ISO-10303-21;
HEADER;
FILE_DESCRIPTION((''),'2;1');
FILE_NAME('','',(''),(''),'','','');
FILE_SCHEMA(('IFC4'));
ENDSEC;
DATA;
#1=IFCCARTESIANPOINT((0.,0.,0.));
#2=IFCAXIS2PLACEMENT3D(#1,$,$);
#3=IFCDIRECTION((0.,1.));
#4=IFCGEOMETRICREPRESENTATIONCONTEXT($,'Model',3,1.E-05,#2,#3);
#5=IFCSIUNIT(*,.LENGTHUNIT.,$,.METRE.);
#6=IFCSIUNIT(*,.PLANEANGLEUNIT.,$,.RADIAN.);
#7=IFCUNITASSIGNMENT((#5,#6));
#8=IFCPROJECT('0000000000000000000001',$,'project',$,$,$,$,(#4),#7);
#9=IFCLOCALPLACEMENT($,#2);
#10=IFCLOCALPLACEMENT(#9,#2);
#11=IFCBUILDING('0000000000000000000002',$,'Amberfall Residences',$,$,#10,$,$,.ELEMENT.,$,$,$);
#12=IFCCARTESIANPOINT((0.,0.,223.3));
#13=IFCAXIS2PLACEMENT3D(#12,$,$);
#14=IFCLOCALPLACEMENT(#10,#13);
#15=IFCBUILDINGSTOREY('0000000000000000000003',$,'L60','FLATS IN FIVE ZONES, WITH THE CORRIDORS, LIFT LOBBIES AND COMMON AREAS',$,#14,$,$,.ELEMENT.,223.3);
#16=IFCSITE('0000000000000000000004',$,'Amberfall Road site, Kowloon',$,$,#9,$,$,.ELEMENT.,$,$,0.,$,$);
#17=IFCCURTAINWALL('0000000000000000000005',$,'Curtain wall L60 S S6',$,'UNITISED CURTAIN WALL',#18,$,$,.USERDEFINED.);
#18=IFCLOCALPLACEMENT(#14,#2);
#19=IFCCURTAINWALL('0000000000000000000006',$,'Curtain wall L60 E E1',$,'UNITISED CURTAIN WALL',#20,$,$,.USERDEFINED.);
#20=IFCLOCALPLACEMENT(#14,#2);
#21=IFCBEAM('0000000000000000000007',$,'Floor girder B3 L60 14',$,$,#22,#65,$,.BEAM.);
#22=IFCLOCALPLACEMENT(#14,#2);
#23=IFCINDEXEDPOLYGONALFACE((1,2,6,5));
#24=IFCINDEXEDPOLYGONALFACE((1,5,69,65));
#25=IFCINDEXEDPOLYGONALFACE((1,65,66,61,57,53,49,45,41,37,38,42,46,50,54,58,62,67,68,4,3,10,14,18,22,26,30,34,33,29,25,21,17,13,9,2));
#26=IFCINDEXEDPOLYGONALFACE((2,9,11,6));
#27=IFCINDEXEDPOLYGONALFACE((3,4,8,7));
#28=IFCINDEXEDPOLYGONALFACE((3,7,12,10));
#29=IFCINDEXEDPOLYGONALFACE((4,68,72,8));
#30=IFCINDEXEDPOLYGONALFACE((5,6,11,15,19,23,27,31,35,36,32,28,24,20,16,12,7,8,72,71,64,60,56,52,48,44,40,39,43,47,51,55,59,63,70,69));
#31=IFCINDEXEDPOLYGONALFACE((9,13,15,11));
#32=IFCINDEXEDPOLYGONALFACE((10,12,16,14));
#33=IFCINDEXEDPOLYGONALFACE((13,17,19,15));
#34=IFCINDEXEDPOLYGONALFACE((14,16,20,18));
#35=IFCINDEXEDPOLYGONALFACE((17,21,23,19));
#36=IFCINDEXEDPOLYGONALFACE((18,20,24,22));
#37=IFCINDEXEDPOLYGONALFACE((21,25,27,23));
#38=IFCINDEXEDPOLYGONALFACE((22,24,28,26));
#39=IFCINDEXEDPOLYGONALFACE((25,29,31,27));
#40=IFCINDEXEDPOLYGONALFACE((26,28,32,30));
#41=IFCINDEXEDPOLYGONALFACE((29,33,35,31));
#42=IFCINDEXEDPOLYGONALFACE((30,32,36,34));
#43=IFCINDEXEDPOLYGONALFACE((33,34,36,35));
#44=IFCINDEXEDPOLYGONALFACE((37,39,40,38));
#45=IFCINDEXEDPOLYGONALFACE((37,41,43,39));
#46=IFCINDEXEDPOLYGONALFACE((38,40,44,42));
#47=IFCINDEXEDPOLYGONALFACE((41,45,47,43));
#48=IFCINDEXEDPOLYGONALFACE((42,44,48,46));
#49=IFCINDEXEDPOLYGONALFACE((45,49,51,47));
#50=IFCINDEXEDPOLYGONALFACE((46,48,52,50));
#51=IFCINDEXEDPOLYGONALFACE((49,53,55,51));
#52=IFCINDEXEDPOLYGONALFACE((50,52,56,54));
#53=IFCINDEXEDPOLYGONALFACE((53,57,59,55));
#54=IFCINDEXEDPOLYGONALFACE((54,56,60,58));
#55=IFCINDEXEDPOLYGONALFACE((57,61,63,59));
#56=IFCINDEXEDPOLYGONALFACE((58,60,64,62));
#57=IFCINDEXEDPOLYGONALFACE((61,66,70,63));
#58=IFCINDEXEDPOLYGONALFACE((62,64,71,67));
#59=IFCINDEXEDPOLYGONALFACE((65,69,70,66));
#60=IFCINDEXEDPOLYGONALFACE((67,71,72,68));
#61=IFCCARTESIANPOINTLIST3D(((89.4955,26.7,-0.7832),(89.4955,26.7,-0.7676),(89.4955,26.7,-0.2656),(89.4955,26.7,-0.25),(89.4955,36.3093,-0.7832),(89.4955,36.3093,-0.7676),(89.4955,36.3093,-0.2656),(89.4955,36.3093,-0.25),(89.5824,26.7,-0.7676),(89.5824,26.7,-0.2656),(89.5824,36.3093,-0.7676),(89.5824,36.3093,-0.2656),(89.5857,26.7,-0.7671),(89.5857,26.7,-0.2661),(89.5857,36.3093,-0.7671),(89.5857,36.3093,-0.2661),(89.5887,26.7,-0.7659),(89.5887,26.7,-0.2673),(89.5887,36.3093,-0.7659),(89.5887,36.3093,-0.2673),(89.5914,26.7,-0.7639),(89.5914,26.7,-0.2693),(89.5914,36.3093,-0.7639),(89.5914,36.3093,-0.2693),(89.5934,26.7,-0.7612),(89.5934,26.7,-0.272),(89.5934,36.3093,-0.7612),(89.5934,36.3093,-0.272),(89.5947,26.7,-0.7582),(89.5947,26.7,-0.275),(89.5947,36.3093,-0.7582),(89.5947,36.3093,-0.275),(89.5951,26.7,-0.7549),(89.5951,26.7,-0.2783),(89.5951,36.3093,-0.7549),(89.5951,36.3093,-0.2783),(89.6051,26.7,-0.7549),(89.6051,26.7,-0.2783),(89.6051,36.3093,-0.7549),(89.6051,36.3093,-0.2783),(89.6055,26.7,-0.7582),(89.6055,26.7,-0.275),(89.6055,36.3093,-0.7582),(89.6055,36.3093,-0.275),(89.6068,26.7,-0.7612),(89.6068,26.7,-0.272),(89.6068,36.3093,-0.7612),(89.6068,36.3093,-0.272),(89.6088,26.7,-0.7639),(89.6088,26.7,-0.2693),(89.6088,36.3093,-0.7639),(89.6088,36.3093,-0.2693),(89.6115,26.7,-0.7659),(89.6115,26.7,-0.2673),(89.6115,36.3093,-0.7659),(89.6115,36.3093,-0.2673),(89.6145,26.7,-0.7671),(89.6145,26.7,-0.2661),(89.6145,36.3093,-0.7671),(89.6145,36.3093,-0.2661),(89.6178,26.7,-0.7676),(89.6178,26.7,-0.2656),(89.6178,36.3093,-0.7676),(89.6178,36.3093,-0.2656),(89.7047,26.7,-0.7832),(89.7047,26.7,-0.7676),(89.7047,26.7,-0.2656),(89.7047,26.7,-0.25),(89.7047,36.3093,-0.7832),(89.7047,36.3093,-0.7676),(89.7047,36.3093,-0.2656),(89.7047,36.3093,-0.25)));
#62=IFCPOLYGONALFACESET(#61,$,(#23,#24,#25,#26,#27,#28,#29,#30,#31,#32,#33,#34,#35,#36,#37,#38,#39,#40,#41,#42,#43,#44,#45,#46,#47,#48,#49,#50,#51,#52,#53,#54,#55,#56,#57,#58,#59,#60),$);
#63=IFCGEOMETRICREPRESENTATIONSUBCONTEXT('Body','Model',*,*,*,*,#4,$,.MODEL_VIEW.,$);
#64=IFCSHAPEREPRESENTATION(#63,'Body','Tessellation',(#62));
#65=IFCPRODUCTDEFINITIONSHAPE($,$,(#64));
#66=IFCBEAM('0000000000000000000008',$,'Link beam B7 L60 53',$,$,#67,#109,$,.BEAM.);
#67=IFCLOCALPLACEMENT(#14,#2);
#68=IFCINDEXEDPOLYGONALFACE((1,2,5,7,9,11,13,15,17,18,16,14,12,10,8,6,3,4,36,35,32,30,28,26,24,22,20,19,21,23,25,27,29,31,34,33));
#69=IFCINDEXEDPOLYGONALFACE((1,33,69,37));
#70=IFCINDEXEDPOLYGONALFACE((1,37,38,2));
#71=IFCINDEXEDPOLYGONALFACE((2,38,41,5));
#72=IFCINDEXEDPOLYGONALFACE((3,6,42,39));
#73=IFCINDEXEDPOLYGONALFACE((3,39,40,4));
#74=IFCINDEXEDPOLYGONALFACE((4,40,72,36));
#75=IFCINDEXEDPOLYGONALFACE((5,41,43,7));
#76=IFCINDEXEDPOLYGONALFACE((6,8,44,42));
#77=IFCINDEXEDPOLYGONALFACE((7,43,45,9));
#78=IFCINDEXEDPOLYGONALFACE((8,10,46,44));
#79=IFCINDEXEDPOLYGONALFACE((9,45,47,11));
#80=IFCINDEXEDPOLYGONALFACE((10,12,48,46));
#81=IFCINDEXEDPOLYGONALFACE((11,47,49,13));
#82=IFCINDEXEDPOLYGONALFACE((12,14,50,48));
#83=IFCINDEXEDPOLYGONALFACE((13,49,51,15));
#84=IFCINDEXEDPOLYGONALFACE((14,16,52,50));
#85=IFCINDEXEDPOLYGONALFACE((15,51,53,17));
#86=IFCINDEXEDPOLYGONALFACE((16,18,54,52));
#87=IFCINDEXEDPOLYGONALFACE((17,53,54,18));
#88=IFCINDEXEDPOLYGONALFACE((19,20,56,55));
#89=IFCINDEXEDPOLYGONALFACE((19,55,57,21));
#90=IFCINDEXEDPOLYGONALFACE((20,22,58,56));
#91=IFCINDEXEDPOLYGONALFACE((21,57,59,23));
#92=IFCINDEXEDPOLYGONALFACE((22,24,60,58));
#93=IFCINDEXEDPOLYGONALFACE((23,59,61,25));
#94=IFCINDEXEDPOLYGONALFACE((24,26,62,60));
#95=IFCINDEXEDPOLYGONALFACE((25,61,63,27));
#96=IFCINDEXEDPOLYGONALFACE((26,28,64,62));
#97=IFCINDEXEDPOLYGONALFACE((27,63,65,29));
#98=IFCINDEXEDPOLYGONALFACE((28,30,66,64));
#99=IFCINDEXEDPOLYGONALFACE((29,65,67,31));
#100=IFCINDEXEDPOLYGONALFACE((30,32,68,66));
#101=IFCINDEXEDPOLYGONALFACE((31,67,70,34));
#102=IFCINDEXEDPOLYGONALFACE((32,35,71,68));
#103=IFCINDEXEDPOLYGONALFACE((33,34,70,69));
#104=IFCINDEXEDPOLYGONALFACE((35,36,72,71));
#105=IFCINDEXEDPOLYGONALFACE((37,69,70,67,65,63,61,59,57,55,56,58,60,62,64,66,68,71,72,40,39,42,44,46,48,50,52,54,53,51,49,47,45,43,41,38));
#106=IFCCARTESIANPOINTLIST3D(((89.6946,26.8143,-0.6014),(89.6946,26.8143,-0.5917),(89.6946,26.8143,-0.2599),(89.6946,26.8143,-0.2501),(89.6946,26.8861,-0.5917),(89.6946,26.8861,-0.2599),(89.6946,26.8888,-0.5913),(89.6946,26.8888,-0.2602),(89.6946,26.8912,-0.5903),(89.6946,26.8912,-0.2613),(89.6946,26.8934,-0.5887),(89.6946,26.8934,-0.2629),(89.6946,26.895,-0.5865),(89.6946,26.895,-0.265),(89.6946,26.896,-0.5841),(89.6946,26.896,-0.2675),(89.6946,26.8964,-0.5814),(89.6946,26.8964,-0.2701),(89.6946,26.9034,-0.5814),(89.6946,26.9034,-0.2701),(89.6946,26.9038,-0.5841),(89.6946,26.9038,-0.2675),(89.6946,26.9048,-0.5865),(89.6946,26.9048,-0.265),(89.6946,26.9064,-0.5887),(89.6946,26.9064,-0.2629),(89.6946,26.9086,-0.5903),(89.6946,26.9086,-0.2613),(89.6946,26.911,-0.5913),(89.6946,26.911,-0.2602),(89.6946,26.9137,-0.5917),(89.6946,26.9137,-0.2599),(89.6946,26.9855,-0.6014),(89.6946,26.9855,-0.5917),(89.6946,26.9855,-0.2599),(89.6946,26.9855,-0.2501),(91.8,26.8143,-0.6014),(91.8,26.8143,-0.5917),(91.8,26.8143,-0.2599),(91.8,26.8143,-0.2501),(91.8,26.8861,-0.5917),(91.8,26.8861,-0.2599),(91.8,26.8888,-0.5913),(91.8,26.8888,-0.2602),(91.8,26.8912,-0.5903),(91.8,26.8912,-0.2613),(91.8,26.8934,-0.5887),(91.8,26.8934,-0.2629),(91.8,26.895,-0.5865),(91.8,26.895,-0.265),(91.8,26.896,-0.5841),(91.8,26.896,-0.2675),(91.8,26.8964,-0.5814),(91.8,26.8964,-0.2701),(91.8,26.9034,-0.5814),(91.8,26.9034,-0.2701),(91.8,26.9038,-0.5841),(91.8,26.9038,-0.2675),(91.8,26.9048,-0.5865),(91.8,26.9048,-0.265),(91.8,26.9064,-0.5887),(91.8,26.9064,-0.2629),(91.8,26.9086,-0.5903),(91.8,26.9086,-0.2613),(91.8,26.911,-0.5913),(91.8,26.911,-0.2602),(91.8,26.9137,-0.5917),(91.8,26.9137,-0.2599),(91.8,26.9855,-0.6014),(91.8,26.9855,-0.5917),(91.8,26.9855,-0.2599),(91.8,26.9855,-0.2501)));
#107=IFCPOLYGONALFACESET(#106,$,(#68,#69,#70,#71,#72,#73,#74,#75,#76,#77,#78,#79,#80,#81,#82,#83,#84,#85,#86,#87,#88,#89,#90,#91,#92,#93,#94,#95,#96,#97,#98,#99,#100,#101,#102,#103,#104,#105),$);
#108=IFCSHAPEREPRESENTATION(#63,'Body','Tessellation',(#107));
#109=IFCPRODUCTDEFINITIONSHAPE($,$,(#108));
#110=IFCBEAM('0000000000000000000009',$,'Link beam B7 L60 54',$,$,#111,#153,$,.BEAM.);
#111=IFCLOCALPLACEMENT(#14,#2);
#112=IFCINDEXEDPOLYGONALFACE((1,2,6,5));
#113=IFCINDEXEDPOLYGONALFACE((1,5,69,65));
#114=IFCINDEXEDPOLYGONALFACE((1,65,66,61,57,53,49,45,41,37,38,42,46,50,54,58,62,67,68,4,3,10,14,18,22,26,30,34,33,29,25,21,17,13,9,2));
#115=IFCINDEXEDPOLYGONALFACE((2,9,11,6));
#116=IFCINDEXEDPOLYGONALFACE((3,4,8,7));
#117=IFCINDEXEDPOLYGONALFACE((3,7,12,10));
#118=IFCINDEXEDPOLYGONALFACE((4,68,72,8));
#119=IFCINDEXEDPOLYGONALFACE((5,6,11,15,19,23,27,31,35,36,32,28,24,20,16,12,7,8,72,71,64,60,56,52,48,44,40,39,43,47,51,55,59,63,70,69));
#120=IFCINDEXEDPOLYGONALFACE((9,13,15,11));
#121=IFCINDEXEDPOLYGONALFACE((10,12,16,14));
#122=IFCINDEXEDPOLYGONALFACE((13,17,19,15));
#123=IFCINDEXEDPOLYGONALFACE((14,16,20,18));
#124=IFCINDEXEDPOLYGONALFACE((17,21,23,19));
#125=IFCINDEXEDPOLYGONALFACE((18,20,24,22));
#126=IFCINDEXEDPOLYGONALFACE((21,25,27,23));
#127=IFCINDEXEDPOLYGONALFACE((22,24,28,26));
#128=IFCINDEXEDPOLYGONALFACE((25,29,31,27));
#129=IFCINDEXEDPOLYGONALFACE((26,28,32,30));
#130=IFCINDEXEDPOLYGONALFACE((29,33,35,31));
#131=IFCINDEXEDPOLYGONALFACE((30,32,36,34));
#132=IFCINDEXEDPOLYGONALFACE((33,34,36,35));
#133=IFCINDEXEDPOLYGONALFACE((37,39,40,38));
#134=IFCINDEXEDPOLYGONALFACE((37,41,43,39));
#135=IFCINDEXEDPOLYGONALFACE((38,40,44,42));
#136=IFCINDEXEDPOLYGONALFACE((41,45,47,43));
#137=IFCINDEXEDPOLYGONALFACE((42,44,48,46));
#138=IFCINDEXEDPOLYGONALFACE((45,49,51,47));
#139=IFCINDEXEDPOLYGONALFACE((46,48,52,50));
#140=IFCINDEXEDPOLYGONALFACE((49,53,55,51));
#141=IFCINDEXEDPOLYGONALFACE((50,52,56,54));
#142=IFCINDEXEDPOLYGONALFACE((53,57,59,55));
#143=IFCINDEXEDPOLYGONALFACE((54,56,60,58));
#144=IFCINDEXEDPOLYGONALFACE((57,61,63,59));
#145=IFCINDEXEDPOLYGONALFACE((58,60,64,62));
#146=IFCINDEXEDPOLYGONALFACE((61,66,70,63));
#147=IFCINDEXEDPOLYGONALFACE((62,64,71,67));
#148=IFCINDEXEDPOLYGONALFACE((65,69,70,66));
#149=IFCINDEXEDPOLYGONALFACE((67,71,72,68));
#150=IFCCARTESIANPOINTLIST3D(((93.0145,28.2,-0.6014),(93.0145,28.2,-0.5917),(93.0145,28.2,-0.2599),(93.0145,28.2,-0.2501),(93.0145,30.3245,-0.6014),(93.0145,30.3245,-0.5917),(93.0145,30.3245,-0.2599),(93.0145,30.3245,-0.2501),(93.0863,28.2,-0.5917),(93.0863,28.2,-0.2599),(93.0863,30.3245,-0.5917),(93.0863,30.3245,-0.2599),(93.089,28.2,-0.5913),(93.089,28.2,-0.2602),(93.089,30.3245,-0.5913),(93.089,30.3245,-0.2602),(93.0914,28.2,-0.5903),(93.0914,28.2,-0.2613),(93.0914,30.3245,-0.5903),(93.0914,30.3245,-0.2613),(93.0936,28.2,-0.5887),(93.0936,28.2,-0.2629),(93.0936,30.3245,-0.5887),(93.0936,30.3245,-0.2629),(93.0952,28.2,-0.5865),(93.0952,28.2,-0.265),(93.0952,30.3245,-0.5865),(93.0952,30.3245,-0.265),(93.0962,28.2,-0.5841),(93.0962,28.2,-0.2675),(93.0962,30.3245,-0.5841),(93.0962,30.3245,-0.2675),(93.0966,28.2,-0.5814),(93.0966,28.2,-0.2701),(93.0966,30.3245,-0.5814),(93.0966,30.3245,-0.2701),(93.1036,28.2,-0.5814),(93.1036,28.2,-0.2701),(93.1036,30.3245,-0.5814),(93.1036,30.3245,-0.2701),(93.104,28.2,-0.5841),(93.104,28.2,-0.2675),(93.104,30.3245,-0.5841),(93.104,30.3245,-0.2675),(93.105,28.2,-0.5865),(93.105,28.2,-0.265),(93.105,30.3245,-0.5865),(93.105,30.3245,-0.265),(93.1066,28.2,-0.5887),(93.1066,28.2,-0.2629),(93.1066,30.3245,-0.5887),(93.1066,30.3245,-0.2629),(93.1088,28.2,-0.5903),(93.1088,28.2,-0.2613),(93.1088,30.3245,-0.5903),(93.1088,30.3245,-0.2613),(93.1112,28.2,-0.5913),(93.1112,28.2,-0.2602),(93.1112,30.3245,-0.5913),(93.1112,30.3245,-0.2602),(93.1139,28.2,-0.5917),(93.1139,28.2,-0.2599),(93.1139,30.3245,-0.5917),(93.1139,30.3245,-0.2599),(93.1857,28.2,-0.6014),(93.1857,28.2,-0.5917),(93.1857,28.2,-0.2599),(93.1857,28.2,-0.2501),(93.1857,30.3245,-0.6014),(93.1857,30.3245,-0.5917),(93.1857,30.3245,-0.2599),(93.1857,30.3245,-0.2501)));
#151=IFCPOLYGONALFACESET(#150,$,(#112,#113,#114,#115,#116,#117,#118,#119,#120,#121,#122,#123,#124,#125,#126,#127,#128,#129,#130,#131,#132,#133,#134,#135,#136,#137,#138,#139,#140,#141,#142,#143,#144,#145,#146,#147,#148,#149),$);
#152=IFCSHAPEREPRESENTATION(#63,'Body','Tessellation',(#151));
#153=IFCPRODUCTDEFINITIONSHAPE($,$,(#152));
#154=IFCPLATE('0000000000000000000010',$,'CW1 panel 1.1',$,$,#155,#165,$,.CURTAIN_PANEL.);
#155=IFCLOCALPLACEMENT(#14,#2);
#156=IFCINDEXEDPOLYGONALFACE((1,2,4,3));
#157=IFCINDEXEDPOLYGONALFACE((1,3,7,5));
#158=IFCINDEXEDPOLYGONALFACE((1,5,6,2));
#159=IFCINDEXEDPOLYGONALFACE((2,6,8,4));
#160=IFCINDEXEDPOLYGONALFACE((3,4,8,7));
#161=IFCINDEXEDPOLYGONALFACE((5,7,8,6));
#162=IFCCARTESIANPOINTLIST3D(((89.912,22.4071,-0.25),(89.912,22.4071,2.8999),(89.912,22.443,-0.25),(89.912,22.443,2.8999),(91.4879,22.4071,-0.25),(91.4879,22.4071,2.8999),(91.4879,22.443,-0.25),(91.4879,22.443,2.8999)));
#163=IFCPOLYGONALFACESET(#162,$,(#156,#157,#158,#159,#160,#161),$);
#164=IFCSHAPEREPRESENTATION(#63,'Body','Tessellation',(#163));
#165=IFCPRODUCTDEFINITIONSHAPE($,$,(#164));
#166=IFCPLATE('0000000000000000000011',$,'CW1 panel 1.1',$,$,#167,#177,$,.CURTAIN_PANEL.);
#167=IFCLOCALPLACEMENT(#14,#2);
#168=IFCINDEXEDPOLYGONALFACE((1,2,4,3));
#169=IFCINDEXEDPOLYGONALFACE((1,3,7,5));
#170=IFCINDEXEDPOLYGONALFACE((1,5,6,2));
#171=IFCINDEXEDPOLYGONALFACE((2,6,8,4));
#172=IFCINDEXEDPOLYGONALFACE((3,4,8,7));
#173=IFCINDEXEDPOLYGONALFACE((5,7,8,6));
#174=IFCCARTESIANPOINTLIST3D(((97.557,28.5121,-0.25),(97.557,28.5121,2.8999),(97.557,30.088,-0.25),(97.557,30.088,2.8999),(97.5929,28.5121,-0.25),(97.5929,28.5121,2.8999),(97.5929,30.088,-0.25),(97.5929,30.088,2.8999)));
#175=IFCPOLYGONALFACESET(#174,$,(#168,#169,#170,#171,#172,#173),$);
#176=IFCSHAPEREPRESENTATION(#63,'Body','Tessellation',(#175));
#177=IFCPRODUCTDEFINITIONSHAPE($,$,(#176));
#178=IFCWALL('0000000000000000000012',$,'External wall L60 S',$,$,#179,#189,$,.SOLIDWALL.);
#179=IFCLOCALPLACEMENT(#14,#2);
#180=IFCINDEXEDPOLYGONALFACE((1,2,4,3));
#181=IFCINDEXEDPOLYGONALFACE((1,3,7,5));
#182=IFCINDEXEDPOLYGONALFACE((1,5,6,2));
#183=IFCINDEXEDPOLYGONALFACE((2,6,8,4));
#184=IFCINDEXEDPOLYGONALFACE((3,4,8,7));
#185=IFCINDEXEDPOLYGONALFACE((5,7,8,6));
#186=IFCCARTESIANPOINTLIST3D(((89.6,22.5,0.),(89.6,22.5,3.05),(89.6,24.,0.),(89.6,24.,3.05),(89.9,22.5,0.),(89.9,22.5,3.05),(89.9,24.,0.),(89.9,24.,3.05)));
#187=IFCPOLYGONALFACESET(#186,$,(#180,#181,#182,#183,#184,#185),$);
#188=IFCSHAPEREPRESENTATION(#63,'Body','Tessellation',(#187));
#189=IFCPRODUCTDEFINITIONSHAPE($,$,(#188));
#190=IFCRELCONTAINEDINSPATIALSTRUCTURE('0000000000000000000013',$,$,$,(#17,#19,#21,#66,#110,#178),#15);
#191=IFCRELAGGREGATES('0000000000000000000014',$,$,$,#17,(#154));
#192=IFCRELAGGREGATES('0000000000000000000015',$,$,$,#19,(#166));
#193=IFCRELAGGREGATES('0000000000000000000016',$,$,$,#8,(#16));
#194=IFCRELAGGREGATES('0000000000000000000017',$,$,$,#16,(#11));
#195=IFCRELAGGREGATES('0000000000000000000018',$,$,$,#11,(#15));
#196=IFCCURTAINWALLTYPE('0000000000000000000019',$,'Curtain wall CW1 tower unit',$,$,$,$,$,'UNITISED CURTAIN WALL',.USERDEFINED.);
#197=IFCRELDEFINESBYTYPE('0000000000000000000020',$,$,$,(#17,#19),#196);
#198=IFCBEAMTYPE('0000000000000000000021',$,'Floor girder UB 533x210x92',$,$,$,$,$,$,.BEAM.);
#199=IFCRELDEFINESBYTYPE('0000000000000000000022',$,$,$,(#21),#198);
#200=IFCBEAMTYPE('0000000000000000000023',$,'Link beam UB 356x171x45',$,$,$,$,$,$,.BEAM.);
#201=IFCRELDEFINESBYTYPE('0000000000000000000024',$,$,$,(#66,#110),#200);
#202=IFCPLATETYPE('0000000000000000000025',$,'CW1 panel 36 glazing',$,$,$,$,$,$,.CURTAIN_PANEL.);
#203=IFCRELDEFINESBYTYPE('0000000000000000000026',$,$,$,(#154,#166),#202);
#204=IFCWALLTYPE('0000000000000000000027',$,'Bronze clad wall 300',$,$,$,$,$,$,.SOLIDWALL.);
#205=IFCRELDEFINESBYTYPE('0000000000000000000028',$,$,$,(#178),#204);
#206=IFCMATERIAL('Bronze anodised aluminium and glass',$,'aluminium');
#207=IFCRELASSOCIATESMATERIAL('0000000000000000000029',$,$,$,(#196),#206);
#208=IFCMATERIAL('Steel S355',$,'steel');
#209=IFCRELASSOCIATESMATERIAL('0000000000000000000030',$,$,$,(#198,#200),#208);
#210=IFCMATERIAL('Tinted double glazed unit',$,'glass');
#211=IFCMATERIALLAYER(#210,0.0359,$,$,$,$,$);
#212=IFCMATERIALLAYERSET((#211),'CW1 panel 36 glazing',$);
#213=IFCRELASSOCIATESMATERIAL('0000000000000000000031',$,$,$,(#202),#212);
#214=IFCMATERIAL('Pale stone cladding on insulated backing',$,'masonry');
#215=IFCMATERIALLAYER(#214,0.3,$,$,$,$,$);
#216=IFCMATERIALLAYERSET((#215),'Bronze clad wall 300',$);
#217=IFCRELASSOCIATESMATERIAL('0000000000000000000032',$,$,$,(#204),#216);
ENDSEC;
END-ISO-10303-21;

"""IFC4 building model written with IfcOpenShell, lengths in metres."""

from ifc_helpers import new_model, si_unit, direction, frame, frame_2d, origin, origin_2d, place, context, subcontext, project, spatial, rectangle, i_section, extrude, material, layer, layer_set, material_profile, profile_set, type_object, element, aggregate, save


model = new_model("IFC4")

# Units and contexts
model_context = context("Model", 3, precision=1e-05, world=origin(), true_north=direction((0.0, 1.0)))
body_context = subcontext(model_context, "Body", "Model", "MODEL_VIEW")
ifc_project = project(units=[si_unit("LENGTHUNIT", "METRE"), si_unit("PLANEANGLEUNIT", "RADIAN")], contexts=[model_context])

# Site, building, storey
site_placement = place(None, origin())
site = spatial("IfcSite", under=ifc_project, at=site_placement, Name="Amberfall Road site, Kowloon", CompositionType="ELEMENT", RefElevation=0.0)
building_placement = place(site_placement, origin())
building = spatial("IfcBuilding", under=site, at=building_placement, Name="Amberfall Residences", CompositionType="ELEMENT")
storey_placement = place(building_placement, frame((0.0, 0.0, 223.3)))
storey = spatial("IfcBuildingStorey", under=building, at=storey_placement, Name="L60", Description="FLATS IN FIVE ZONES, WITH THE CORRIDORS, LIFT LOBBIES AND COMMON AREAS", CompositionType="ELEMENT", Elevation=223.3)

# Curtain walls
ifc_material_1 = material(Name="Bronze anodised aluminium and glass", Category="aluminium")
curtain_wall_type = type_object("IfcCurtainWallType", Name="Curtain wall CW1 tower unit", ElementType="UNITISED CURTAIN WALL", PredefinedType="USERDEFINED", material=ifc_material_1)
curtain_wall_1_placement = place(storey_placement, origin())
curtain_wall_1 = element("IfcCurtainWall", 1, at=curtain_wall_1_placement, inside=storey, type_object=curtain_wall_type, Name="Curtain wall L60 S S6", ObjectType="UNITISED CURTAIN WALL", PredefinedType="USERDEFINED")
curtain_wall_2_placement = place(storey_placement, origin())
curtain_wall_2 = element("IfcCurtainWall", 2, at=curtain_wall_2_placement, inside=storey, type_object=curtain_wall_type, Name="Curtain wall L60 E E1", ObjectType="UNITISED CURTAIN WALL", PredefinedType="USERDEFINED")

# Shared definitions
ifc_material_2 = material(Name="Steel S355", Category="steel")

# Beams
ifc_material_profile_1 = material_profile(ifc_material_2, i_section(OverallWidth=0.2092, OverallDepth=0.5332, WebThickness=0.01, FlangeThickness=0.0156, FilletRadius=0.0127, at=origin_2d()), Name="UB 533x210x92")
ifc_profile_set_1 = profile_set([ifc_material_profile_1], Name="Steel S355")
beam_type_1 = type_object("IfcBeamType", Name="Floor girder UB 533x210x92", PredefinedType="BEAM", material=ifc_profile_set_1)
beam_1_placement = place(storey_placement, frame((89.6001, 26.7, -0.5166), z_axis=(0.0, 1.0, 0.0), x_axis=(-1.0, 0.0, 0.0)))
element("IfcBeam", 3, at=beam_1_placement, inside=storey, type_object=beam_type_1, Name="Floor girder B3 L60 14", PredefinedType="BEAM", context=body_context, shape_type="SweptSolid", body=[
    extrude(i_section(OverallWidth=0.2092, OverallDepth=0.5332, WebThickness=0.01, FlangeThickness=0.0156, FilletRadius=0.0127, at=origin_2d()), origin(), (0.0, 0.0, 1.0), 9.6094),
])
ifc_material_profile_2 = material_profile(ifc_material_2, i_section(OverallWidth=0.1711, OverallDepth=0.3513, WebThickness=0.0071, FlangeThickness=0.0098, FilletRadius=0.0103, at=origin_2d()), Name="UB 356x171x45")
ifc_profile_set_2 = profile_set([ifc_material_profile_2], Name="Steel S355")
beam_type_2 = type_object("IfcBeamType", Name="Link beam UB 356x171x45", PredefinedType="BEAM", material=ifc_profile_set_2)
beam_2_placement = place(storey_placement, frame((91.8, 26.8999, -0.4258), z_axis=(-1.0, 0.0, 0.0), x_axis=(0.0, -1.0, 0.0)))
element("IfcBeam", 4, at=beam_2_placement, inside=storey, type_object=beam_type_2, Name="Link beam B7 L60 53", PredefinedType="BEAM", context=body_context, shape_type="SweptSolid", body=[
    extrude(i_section(OverallWidth=0.1711, OverallDepth=0.3513, WebThickness=0.0071, FlangeThickness=0.0098, FilletRadius=0.0103, at=origin_2d()), origin(), (0.0, 0.0, 1.0), 2.1055),
])
beam_3_placement = place(storey_placement, frame((93.1001, 28.2, -0.4258), z_axis=(0.0, 1.0, 0.0), x_axis=(-1.0, 0.0, 0.0)))
element("IfcBeam", 5, at=beam_3_placement, inside=storey, type_object=beam_type_2, Name="Link beam B7 L60 54", PredefinedType="BEAM", context=body_context, shape_type="SweptSolid", body=[
    extrude(i_section(OverallWidth=0.1711, OverallDepth=0.3513, WebThickness=0.0071, FlangeThickness=0.0098, FilletRadius=0.0103, at=origin_2d()), origin(), (0.0, 0.0, 1.0), 2.1245),
])

# Plates
ifc_material_3 = material(Name="Tinted double glazed unit", Category="glass")
ifc_layer_1 = layer(ifc_material_3, 0.0359)
ifc_layer_set_1 = layer_set([ifc_layer_1], Name="CW1 panel 36 glazing")
plate_type = type_object("IfcPlateType", Name="CW1 panel 36 glazing", PredefinedType="CURTAIN_PANEL", material=ifc_layer_set_1)
plate_1_placement = place(storey_placement, frame((90.7, 22.425, -0.25), z_axis=(0.0, 0.0, 1.0), x_axis=(1.0, 0.0, 0.0)))
plate_1 = element("IfcPlate", 6, at=plate_1_placement, type_object=plate_type, Name="CW1 panel 1.1", PredefinedType="CURTAIN_PANEL", context=body_context, shape_type="SweptSolid", body=[
    extrude(rectangle(XDim=1.5759, YDim=0.0359, at=origin_2d()), origin(), (0.0, 0.0, 1.0), 3.1499),
])
aggregate(curtain_wall_1, [plate_1])
plate_2_placement = place(storey_placement, frame((97.575, 29.3, -0.25), z_axis=(0.0, 0.0, 1.0), x_axis=(0.0, 1.0, 0.0)))
plate_2 = element("IfcPlate", 7, at=plate_2_placement, type_object=plate_type, Name="CW1 panel 1.1", PredefinedType="CURTAIN_PANEL", context=body_context, shape_type="SweptSolid", body=[
    extrude(rectangle(XDim=1.5759, YDim=0.0359, at=origin_2d()), origin(), (0.0, 0.0, 1.0), 3.1499),
])
aggregate(curtain_wall_2, [plate_2])

# Wall
ifc_material_4 = material(Name="Pale stone cladding on insulated backing", Category="masonry")
ifc_layer_2 = layer(ifc_material_4, 0.3)
ifc_layer_set_2 = layer_set([ifc_layer_2], Name="Bronze clad wall 300")
wall_type_1 = type_object("IfcWallType", Name="Bronze clad wall 300", PredefinedType="SOLIDWALL", material=ifc_layer_set_2)
wall_1_placement = place(storey_placement, frame((89.75, 24.0, 0.0), z_axis=(0.0, 0.0, 1.0), x_axis=(0.0, -1.0, 0.0)))
element("IfcWall", 8, at=wall_1_placement, inside=storey, type_object=wall_type_1, Name="External wall L60 S", PredefinedType="SOLIDWALL", context=body_context, shape_type="SweptSolid", body=[
    extrude(rectangle(XDim=1.5, YDim=0.3, at=frame_2d((0.75, 0.0))), origin(), (0.0, 0.0, 1.0), 3.05),
])

save(model, "model.ifc")
